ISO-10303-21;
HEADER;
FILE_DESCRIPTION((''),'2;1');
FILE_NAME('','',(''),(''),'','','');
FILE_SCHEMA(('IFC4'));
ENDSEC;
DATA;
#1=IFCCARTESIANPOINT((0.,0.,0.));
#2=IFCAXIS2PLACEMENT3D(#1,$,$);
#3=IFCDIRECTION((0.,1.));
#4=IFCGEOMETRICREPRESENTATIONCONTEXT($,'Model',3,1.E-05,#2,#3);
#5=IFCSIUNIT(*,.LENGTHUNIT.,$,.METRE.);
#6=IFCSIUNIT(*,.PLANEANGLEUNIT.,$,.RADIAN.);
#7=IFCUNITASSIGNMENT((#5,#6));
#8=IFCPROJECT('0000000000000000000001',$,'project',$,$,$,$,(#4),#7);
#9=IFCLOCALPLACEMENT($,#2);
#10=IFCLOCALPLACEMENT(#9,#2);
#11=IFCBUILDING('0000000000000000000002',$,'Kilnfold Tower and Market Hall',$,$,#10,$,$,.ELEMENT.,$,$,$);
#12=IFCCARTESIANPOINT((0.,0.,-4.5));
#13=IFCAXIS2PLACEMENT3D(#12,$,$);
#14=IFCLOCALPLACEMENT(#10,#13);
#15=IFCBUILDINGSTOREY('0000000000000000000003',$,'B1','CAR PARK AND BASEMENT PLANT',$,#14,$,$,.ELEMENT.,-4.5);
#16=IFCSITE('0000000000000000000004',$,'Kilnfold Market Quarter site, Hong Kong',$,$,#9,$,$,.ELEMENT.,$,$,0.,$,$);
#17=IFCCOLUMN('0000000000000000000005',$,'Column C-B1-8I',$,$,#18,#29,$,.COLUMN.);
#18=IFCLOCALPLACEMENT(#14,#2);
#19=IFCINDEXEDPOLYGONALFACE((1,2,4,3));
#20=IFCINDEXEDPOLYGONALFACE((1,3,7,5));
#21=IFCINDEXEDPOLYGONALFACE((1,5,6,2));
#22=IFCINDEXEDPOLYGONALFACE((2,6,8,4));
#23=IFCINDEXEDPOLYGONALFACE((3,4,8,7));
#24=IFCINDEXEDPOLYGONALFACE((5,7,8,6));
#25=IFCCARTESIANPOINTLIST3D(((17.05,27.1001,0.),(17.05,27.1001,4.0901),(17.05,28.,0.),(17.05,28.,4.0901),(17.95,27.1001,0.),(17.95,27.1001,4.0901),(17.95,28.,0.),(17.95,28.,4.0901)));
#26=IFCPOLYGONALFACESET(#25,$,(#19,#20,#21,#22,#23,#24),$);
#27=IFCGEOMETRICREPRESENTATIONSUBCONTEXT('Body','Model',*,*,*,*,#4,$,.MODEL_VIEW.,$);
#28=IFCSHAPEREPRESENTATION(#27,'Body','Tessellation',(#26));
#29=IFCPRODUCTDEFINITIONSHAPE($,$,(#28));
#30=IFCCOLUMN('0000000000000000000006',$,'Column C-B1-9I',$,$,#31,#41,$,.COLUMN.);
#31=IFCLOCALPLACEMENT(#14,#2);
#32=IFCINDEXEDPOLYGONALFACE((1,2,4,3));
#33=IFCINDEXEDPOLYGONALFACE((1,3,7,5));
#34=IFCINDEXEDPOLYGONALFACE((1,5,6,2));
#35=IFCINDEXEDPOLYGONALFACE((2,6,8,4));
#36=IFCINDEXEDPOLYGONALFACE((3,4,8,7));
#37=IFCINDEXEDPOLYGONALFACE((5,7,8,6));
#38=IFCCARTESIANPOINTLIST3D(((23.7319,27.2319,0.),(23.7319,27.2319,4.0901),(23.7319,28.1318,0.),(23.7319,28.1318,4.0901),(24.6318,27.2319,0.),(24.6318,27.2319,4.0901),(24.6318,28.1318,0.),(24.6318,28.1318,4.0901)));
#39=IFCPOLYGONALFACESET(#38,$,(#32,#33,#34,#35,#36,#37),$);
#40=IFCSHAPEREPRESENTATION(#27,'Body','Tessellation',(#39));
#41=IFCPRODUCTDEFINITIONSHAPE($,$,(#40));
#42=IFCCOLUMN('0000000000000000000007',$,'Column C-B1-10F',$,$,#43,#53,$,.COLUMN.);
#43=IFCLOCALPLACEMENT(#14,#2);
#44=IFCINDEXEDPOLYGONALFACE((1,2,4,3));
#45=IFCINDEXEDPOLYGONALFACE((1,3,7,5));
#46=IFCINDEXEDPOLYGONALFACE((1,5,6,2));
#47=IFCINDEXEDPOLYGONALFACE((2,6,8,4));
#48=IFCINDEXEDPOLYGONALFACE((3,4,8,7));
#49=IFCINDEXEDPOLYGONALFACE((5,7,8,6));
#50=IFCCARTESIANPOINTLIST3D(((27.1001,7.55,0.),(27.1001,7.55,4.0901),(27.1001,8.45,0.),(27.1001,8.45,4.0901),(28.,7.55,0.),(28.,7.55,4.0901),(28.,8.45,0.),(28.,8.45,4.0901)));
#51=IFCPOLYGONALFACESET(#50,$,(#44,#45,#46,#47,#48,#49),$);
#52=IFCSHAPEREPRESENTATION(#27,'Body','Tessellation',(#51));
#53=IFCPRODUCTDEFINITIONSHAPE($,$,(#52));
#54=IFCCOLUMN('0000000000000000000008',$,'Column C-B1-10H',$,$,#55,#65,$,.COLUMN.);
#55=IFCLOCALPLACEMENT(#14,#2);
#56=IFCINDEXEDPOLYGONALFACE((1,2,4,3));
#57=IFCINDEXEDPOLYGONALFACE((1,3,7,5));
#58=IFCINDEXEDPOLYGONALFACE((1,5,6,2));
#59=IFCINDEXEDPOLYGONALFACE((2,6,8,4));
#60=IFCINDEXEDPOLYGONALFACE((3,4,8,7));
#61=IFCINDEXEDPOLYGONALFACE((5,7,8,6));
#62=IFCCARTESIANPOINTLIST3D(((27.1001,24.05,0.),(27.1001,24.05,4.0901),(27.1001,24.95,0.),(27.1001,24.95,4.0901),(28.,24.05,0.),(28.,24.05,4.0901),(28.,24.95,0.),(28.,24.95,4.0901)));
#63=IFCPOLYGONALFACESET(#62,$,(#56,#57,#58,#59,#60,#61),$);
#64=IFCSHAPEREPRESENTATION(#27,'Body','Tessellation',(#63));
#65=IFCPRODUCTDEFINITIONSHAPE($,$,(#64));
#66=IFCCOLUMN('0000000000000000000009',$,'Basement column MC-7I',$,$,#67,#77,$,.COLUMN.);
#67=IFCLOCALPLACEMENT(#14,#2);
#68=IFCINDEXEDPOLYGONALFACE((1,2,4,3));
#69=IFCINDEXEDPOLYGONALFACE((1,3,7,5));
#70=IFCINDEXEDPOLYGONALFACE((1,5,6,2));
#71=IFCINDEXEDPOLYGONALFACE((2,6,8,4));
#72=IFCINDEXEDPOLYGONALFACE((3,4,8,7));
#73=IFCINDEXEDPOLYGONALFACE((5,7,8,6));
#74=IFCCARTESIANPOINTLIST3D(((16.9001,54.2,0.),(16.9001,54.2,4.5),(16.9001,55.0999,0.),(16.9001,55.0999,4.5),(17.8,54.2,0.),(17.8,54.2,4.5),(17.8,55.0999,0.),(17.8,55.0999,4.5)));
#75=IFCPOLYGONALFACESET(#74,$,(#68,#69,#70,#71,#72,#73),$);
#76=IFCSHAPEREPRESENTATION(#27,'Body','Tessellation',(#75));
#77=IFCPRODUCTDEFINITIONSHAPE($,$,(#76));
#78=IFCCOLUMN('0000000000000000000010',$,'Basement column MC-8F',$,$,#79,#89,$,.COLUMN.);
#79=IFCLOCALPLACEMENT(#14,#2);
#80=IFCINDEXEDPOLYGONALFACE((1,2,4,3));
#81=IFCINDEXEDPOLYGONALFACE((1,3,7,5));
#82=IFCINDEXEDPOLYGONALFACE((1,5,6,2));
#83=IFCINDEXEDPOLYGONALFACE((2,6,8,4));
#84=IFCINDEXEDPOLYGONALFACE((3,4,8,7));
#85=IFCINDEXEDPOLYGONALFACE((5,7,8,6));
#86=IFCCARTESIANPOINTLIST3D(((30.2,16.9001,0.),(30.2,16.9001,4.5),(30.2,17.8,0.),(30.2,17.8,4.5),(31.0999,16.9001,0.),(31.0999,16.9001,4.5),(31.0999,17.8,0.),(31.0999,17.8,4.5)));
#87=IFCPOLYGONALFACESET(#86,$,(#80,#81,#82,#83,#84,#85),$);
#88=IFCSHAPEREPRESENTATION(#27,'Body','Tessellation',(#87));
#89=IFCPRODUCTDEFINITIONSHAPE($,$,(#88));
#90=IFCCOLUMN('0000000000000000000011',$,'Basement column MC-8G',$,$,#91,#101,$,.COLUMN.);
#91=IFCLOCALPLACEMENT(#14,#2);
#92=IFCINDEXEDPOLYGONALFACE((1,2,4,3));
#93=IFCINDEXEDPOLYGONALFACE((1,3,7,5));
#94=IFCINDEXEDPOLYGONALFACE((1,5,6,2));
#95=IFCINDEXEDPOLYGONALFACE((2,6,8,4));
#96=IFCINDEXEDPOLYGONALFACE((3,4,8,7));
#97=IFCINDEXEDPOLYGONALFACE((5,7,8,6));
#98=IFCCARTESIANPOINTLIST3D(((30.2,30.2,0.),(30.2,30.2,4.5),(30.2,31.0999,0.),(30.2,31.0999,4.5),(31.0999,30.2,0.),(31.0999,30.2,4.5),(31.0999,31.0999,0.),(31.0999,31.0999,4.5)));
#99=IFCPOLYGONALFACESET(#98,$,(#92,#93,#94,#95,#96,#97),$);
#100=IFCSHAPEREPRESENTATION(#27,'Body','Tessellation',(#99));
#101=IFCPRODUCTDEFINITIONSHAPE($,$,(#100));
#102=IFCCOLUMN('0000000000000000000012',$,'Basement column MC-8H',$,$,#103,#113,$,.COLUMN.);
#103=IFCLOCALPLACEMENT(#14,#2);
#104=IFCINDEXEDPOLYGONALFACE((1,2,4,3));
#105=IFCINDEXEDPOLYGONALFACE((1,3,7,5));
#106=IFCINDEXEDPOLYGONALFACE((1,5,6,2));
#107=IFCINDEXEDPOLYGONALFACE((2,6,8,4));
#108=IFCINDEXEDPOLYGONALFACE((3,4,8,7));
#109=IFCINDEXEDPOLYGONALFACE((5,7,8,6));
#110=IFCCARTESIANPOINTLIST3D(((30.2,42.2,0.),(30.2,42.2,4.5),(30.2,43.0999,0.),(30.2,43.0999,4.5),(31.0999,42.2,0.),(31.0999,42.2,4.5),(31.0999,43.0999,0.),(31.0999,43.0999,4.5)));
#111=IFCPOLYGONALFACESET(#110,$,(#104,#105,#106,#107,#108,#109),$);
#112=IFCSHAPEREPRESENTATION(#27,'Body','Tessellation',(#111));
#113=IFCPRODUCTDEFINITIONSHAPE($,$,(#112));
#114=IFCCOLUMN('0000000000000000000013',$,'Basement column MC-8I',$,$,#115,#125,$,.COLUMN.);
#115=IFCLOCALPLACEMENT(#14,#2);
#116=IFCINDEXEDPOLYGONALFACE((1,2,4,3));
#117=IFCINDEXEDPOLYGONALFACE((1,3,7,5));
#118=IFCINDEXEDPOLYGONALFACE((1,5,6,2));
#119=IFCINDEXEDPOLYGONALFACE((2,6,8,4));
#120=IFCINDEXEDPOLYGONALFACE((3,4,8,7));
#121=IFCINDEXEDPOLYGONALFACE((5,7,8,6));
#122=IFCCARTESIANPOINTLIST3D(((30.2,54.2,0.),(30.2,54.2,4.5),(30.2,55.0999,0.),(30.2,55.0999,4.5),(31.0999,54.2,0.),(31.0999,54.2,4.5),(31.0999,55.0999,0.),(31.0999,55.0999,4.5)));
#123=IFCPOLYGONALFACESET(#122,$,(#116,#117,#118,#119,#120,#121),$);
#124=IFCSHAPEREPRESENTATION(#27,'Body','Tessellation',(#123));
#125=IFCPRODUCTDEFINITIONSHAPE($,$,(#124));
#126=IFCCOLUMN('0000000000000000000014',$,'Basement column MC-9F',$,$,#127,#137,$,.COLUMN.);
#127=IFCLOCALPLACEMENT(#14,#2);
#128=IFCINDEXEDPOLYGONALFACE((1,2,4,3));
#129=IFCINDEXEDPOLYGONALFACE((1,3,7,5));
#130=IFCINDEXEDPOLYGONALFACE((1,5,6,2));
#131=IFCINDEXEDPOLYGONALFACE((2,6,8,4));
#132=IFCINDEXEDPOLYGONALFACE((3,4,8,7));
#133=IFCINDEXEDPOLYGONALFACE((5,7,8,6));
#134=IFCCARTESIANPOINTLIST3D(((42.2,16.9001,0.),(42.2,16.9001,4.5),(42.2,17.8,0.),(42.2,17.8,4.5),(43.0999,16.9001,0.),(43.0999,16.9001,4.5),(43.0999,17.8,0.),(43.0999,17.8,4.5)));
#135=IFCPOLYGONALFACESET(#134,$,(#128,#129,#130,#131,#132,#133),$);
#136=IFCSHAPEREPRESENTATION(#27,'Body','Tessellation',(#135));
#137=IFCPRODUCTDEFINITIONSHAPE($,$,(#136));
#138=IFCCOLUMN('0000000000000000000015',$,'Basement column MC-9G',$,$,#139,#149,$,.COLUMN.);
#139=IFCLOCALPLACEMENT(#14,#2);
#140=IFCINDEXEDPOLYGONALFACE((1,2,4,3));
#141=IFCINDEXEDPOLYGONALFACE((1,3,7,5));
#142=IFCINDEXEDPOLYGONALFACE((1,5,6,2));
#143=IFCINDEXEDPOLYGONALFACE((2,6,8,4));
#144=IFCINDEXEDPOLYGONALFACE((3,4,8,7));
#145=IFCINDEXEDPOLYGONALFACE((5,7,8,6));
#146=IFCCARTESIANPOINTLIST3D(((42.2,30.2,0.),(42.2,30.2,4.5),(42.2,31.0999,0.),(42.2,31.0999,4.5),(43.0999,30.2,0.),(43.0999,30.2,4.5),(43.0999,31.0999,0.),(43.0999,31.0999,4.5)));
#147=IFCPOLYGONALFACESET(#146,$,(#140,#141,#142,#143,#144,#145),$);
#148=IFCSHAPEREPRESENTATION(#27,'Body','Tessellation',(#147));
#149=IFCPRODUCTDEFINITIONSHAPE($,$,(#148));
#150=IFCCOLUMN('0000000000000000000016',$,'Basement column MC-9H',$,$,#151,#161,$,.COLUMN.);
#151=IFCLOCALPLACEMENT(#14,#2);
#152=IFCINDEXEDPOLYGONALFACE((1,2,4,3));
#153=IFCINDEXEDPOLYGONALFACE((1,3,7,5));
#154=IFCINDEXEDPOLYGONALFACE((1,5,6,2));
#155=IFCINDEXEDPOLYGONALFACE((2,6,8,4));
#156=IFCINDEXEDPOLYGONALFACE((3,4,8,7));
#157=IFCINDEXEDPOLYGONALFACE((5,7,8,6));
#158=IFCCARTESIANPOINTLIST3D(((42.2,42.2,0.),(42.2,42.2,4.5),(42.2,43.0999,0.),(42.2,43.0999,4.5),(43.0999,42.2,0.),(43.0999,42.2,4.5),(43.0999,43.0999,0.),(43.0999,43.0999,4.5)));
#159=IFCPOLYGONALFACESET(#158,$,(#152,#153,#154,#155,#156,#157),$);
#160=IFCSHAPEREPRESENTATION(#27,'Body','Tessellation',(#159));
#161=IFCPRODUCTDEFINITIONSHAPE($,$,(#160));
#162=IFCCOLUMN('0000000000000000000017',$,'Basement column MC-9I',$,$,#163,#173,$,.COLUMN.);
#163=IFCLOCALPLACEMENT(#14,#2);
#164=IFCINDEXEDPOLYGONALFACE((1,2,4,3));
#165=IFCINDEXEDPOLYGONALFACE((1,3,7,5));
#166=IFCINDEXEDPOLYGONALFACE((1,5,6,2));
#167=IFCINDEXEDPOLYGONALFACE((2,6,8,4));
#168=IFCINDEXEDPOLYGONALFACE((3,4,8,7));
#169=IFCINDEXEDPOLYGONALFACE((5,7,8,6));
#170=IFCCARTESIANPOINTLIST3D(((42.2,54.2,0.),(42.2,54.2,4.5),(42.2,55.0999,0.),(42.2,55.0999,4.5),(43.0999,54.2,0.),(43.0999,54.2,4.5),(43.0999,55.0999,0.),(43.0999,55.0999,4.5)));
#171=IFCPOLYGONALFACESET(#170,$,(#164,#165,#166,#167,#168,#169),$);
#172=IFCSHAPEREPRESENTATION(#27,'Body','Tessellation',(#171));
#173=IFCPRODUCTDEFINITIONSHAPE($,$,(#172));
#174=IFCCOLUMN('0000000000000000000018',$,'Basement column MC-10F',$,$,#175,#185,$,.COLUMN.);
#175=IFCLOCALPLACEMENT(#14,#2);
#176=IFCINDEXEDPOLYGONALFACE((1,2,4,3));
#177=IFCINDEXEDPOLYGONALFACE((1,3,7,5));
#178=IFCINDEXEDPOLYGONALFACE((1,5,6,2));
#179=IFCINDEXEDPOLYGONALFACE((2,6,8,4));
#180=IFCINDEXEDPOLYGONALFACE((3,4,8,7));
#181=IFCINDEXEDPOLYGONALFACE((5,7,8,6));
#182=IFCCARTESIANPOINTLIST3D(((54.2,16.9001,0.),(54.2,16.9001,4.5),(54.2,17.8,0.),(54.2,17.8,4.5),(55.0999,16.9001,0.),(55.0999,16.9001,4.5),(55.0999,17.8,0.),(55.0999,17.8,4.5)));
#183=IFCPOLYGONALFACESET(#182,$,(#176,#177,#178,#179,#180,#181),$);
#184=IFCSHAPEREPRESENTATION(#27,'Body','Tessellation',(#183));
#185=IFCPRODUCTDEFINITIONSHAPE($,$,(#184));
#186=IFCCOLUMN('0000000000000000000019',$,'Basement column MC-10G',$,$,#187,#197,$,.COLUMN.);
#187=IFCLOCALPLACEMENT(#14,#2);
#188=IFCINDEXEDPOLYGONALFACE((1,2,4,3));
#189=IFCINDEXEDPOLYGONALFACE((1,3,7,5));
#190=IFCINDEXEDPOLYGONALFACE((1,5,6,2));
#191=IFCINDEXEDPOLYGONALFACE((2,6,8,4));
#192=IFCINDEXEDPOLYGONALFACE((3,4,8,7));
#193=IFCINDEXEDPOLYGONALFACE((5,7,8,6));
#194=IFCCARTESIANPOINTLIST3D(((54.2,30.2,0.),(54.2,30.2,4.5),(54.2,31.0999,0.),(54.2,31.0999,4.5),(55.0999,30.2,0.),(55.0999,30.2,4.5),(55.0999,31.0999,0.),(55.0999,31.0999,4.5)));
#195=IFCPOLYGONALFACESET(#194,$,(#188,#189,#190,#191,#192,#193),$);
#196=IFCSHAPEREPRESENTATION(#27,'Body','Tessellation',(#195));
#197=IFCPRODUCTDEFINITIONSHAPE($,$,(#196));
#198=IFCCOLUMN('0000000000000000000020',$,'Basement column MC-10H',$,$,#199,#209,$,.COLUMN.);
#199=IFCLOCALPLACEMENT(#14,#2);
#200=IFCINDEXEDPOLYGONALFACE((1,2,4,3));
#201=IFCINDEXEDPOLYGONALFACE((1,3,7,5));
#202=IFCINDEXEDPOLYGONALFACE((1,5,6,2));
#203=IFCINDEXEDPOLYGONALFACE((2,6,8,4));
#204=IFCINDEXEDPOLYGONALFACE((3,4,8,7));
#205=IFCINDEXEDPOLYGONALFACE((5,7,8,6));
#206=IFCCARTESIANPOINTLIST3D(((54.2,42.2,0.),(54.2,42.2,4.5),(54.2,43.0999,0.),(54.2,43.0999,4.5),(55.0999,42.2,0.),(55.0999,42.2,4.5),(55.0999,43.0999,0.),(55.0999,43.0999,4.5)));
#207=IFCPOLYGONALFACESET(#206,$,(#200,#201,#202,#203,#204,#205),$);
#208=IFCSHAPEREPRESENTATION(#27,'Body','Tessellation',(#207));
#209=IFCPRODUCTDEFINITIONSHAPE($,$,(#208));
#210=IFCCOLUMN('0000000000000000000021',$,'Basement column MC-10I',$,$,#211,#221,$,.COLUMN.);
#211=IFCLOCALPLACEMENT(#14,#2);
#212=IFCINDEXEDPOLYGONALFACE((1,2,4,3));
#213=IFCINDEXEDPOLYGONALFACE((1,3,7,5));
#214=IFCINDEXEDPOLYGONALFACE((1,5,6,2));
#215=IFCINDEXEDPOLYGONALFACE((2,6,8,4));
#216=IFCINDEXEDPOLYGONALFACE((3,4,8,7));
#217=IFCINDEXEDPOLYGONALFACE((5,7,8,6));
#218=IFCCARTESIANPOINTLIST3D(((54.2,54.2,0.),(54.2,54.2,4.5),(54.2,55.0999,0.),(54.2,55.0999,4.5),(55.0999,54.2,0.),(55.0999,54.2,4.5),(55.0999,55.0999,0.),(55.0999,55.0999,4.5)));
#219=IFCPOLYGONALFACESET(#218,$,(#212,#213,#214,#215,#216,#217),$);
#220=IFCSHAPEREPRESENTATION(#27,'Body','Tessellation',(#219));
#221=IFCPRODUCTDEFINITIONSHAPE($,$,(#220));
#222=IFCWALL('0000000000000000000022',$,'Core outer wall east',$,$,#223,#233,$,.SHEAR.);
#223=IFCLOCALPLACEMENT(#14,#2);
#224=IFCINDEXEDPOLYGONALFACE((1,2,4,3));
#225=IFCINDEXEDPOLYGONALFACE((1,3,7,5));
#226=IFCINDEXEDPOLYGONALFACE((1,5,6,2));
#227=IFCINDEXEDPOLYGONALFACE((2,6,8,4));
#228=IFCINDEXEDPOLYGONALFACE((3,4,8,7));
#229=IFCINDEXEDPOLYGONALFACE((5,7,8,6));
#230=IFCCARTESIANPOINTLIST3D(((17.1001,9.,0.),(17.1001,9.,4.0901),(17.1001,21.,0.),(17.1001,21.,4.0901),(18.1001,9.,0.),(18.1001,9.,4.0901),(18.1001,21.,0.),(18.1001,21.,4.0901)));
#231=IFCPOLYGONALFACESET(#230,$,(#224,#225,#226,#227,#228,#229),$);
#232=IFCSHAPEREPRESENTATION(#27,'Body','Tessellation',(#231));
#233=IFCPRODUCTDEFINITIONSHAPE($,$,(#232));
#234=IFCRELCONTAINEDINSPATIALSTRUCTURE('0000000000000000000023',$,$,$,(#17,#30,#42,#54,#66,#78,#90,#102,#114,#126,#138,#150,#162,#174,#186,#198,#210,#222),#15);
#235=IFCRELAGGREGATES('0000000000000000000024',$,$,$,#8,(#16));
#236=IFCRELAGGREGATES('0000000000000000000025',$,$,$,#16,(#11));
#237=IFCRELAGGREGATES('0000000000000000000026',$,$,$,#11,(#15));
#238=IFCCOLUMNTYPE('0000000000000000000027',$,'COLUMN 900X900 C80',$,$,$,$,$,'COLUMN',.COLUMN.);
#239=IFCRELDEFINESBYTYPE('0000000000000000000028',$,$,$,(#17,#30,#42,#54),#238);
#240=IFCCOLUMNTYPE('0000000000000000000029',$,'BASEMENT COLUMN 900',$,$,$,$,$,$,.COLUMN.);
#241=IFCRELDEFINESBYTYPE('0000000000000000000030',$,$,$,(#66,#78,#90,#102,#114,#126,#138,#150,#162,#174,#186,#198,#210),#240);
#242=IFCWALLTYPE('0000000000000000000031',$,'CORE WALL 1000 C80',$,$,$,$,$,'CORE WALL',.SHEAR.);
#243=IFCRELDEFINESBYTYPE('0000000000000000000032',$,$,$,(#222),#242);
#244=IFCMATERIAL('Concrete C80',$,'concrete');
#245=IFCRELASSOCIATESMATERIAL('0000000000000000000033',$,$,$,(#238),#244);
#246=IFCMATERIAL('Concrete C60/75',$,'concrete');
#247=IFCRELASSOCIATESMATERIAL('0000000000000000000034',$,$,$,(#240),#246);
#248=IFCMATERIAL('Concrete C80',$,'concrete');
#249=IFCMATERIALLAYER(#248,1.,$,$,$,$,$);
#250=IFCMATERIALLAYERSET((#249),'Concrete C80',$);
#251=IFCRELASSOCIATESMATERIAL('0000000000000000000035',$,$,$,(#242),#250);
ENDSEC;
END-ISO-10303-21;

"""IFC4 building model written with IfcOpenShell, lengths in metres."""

from ifc_helpers import new_model, si_unit, direction, frame, frame_2d, origin, origin_2d, place, context, subcontext, project, spatial, rectangle, extrude, source, transform, mapped, material, layer, layer_set, material_profile, profile_set, type_object, element, save


model = new_model("IFC4")

# Units and contexts
model_context = context("Model", 3, precision=1e-05, world=origin(), true_north=direction((0.0, 1.0)))
body_context = subcontext(model_context, "Body", "Model", "MODEL_VIEW")
ifc_project = project(units=[si_unit("LENGTHUNIT", "METRE"), si_unit("PLANEANGLEUNIT", "RADIAN")], contexts=[model_context])

# Site, building, storey
site_placement = place(None, origin())
site = spatial("IfcSite", under=ifc_project, at=site_placement, Name="Kilnfold Market Quarter site, Hong Kong", CompositionType="ELEMENT", RefElevation=0.0)
building_placement = place(site_placement, origin())
building = spatial("IfcBuilding", under=site, at=building_placement, Name="Kilnfold Tower and Market Hall", CompositionType="ELEMENT")
storey_placement = place(building_placement, frame((0.0, 0.0, -4.5)))
storey = spatial("IfcBuildingStorey", under=building, at=storey_placement, Name="B1", Description="CAR PARK AND BASEMENT PLANT", CompositionType="ELEMENT", Elevation=-4.5)

# Columns
ifc_material_1 = material(Name="Concrete C80", Category="concrete")
ifc_material_profile_1 = material_profile(ifc_material_1, rectangle(XDim=0.8999, YDim=0.8999, at=origin_2d()), Name="RC 900x900")
ifc_profile_set_1 = profile_set([ifc_material_profile_1], Name="Concrete C80")
column_type_1 = type_object("IfcColumnType", Name="COLUMN 900X900 C80", ElementType="COLUMN", PredefinedType="COLUMN", material=ifc_profile_set_1)
shared_shape_1 = source(origin(), body_context, "Body", "SweptSolid", [
    extrude(rectangle(XDim=0.8999, YDim=0.8999, at=origin_2d()), origin(), (0.0, 0.0, 1.0), 4.0901),
])
for number, where, z_axis, x_axis, name in (
    (1, (17.5, 27.55, 0.0), (0.0, 0.0, 1.0), (1.0, 0.0, 0.0), "Column C-B1-8I"),
    (2, (24.1819, 27.6819, 0.0), (0.0, 0.0, 1.0), (1.0, 0.0, 0.0), "Column C-B1-9I"),
    (3, (27.55, 8.0, 0.0), (0.0, 0.0, 1.0), (1.0, 0.0, 0.0), "Column C-B1-10F"),
    (4, (27.55, 24.5, 0.0), (0.0, 0.0, 1.0), (1.0, 0.0, 0.0), "Column C-B1-10H"),
):
    element("IfcColumn", number, at=place(storey_placement, frame(where, z_axis=z_axis, x_axis=x_axis)), inside=storey, type_object=column_type_1, Name=name, PredefinedType="COLUMN", context=body_context, shape_type="MappedRepresentation", body=[
        mapped(shared_shape_1, transform((0.0, 0.0, 0.0))),
    ])
ifc_material_2 = material(Name="Concrete C60/75", Category="concrete")
ifc_material_profile_2 = material_profile(ifc_material_2, rectangle(XDim=0.8999, YDim=0.8999, at=origin_2d()), Name="RC 900x900")
ifc_profile_set_2 = profile_set([ifc_material_profile_2], Name="Concrete C60/75")
column_type_2 = type_object("IfcColumnType", Name="BASEMENT COLUMN 900", PredefinedType="COLUMN", material=ifc_profile_set_2)
shared_shape_2 = source(origin(), body_context, "Body", "SweptSolid", [
    extrude(rectangle(XDim=0.8999, YDim=0.8999, at=origin_2d()), origin(), (0.0, 0.0, 1.0), 4.5),
])
for number, where, z_axis, x_axis, name in (
    (5, (17.3501, 54.6499, 0.0), (0.0, 0.0, 1.0), (1.0, 0.0, 0.0), "Basement column MC-7I"),
    (6, (30.6499, 17.3501, 0.0), (0.0, 0.0, 1.0), (1.0, 0.0, 0.0), "Basement column MC-8F"),
    (7, (30.6499, 30.6499, 0.0), (0.0, 0.0, 1.0), (1.0, 0.0, 0.0), "Basement column MC-8G"),
    (8, (30.6499, 42.6499, 0.0), (0.0, 0.0, 1.0), (1.0, 0.0, 0.0), "Basement column MC-8H"),
    (9, (30.6499, 54.6499, 0.0), (0.0, 0.0, 1.0), (1.0, 0.0, 0.0), "Basement column MC-8I"),
    (10, (42.6499, 17.3501, 0.0), (0.0, 0.0, 1.0), (1.0, 0.0, 0.0), "Basement column MC-9F"),
    (11, (42.6499, 30.6499, 0.0), (0.0, 0.0, 1.0), (1.0, 0.0, 0.0), "Basement column MC-9G"),
    (12, (42.6499, 42.6499, 0.0), (0.0, 0.0, 1.0), (1.0, 0.0, 0.0), "Basement column MC-9H"),
    (13, (42.6499, 54.6499, 0.0), (0.0, 0.0, 1.0), (1.0, 0.0, 0.0), "Basement column MC-9I"),
    (14, (54.6499, 17.3501, 0.0), (0.0, 0.0, 1.0), (1.0, 0.0, 0.0), "Basement column MC-10F"),
    (15, (54.6499, 30.6499, 0.0), (0.0, 0.0, 1.0), (1.0, 0.0, 0.0), "Basement column MC-10G"),
    (16, (54.6499, 42.6499, 0.0), (0.0, 0.0, 1.0), (1.0, 0.0, 0.0), "Basement column MC-10H"),
    (17, (54.6499, 54.6499, 0.0), (0.0, 0.0, 1.0), (1.0, 0.0, 0.0), "Basement column MC-10I"),
):
    element("IfcColumn", number, at=place(storey_placement, frame(where, z_axis=z_axis, x_axis=x_axis)), inside=storey, type_object=column_type_2, Name=name, PredefinedType="COLUMN", context=body_context, shape_type="MappedRepresentation", body=[
        mapped(shared_shape_2, transform((0.0, 0.0, 0.0))),
    ])

# Wall
ifc_material_3 = material(Name="Concrete C80", Category="concrete")
ifc_layer_1 = layer(ifc_material_3, 1.0)
ifc_layer_set_1 = layer_set([ifc_layer_1], Name="Concrete C80")
wall_type_1 = type_object("IfcWallType", Name="CORE WALL 1000 C80", ElementType="CORE WALL", PredefinedType="SHEAR", material=ifc_layer_set_1)
shared_shape_3 = source(origin(), body_context, "Body", "SweptSolid", [
    extrude(rectangle(XDim=12.0, YDim=1.0, at=frame_2d((6.0, 0.0))), origin(), (0.0, 0.0, 1.0), 4.0901),
])
wall_1_placement = place(storey_placement, frame((17.6001, 9.0, 0.0), z_axis=(0.0, 0.0, 1.0), x_axis=(0.0, 1.0, 0.0)))
element("IfcWall", 18, at=wall_1_placement, inside=storey, type_object=wall_type_1, Name="Core outer wall east", PredefinedType="SHEAR", context=body_context, shape_type="MappedRepresentation", body=[
    mapped(shared_shape_3, transform((0.0, 0.0, 0.0))),
])

save(model, "model.ifc")
